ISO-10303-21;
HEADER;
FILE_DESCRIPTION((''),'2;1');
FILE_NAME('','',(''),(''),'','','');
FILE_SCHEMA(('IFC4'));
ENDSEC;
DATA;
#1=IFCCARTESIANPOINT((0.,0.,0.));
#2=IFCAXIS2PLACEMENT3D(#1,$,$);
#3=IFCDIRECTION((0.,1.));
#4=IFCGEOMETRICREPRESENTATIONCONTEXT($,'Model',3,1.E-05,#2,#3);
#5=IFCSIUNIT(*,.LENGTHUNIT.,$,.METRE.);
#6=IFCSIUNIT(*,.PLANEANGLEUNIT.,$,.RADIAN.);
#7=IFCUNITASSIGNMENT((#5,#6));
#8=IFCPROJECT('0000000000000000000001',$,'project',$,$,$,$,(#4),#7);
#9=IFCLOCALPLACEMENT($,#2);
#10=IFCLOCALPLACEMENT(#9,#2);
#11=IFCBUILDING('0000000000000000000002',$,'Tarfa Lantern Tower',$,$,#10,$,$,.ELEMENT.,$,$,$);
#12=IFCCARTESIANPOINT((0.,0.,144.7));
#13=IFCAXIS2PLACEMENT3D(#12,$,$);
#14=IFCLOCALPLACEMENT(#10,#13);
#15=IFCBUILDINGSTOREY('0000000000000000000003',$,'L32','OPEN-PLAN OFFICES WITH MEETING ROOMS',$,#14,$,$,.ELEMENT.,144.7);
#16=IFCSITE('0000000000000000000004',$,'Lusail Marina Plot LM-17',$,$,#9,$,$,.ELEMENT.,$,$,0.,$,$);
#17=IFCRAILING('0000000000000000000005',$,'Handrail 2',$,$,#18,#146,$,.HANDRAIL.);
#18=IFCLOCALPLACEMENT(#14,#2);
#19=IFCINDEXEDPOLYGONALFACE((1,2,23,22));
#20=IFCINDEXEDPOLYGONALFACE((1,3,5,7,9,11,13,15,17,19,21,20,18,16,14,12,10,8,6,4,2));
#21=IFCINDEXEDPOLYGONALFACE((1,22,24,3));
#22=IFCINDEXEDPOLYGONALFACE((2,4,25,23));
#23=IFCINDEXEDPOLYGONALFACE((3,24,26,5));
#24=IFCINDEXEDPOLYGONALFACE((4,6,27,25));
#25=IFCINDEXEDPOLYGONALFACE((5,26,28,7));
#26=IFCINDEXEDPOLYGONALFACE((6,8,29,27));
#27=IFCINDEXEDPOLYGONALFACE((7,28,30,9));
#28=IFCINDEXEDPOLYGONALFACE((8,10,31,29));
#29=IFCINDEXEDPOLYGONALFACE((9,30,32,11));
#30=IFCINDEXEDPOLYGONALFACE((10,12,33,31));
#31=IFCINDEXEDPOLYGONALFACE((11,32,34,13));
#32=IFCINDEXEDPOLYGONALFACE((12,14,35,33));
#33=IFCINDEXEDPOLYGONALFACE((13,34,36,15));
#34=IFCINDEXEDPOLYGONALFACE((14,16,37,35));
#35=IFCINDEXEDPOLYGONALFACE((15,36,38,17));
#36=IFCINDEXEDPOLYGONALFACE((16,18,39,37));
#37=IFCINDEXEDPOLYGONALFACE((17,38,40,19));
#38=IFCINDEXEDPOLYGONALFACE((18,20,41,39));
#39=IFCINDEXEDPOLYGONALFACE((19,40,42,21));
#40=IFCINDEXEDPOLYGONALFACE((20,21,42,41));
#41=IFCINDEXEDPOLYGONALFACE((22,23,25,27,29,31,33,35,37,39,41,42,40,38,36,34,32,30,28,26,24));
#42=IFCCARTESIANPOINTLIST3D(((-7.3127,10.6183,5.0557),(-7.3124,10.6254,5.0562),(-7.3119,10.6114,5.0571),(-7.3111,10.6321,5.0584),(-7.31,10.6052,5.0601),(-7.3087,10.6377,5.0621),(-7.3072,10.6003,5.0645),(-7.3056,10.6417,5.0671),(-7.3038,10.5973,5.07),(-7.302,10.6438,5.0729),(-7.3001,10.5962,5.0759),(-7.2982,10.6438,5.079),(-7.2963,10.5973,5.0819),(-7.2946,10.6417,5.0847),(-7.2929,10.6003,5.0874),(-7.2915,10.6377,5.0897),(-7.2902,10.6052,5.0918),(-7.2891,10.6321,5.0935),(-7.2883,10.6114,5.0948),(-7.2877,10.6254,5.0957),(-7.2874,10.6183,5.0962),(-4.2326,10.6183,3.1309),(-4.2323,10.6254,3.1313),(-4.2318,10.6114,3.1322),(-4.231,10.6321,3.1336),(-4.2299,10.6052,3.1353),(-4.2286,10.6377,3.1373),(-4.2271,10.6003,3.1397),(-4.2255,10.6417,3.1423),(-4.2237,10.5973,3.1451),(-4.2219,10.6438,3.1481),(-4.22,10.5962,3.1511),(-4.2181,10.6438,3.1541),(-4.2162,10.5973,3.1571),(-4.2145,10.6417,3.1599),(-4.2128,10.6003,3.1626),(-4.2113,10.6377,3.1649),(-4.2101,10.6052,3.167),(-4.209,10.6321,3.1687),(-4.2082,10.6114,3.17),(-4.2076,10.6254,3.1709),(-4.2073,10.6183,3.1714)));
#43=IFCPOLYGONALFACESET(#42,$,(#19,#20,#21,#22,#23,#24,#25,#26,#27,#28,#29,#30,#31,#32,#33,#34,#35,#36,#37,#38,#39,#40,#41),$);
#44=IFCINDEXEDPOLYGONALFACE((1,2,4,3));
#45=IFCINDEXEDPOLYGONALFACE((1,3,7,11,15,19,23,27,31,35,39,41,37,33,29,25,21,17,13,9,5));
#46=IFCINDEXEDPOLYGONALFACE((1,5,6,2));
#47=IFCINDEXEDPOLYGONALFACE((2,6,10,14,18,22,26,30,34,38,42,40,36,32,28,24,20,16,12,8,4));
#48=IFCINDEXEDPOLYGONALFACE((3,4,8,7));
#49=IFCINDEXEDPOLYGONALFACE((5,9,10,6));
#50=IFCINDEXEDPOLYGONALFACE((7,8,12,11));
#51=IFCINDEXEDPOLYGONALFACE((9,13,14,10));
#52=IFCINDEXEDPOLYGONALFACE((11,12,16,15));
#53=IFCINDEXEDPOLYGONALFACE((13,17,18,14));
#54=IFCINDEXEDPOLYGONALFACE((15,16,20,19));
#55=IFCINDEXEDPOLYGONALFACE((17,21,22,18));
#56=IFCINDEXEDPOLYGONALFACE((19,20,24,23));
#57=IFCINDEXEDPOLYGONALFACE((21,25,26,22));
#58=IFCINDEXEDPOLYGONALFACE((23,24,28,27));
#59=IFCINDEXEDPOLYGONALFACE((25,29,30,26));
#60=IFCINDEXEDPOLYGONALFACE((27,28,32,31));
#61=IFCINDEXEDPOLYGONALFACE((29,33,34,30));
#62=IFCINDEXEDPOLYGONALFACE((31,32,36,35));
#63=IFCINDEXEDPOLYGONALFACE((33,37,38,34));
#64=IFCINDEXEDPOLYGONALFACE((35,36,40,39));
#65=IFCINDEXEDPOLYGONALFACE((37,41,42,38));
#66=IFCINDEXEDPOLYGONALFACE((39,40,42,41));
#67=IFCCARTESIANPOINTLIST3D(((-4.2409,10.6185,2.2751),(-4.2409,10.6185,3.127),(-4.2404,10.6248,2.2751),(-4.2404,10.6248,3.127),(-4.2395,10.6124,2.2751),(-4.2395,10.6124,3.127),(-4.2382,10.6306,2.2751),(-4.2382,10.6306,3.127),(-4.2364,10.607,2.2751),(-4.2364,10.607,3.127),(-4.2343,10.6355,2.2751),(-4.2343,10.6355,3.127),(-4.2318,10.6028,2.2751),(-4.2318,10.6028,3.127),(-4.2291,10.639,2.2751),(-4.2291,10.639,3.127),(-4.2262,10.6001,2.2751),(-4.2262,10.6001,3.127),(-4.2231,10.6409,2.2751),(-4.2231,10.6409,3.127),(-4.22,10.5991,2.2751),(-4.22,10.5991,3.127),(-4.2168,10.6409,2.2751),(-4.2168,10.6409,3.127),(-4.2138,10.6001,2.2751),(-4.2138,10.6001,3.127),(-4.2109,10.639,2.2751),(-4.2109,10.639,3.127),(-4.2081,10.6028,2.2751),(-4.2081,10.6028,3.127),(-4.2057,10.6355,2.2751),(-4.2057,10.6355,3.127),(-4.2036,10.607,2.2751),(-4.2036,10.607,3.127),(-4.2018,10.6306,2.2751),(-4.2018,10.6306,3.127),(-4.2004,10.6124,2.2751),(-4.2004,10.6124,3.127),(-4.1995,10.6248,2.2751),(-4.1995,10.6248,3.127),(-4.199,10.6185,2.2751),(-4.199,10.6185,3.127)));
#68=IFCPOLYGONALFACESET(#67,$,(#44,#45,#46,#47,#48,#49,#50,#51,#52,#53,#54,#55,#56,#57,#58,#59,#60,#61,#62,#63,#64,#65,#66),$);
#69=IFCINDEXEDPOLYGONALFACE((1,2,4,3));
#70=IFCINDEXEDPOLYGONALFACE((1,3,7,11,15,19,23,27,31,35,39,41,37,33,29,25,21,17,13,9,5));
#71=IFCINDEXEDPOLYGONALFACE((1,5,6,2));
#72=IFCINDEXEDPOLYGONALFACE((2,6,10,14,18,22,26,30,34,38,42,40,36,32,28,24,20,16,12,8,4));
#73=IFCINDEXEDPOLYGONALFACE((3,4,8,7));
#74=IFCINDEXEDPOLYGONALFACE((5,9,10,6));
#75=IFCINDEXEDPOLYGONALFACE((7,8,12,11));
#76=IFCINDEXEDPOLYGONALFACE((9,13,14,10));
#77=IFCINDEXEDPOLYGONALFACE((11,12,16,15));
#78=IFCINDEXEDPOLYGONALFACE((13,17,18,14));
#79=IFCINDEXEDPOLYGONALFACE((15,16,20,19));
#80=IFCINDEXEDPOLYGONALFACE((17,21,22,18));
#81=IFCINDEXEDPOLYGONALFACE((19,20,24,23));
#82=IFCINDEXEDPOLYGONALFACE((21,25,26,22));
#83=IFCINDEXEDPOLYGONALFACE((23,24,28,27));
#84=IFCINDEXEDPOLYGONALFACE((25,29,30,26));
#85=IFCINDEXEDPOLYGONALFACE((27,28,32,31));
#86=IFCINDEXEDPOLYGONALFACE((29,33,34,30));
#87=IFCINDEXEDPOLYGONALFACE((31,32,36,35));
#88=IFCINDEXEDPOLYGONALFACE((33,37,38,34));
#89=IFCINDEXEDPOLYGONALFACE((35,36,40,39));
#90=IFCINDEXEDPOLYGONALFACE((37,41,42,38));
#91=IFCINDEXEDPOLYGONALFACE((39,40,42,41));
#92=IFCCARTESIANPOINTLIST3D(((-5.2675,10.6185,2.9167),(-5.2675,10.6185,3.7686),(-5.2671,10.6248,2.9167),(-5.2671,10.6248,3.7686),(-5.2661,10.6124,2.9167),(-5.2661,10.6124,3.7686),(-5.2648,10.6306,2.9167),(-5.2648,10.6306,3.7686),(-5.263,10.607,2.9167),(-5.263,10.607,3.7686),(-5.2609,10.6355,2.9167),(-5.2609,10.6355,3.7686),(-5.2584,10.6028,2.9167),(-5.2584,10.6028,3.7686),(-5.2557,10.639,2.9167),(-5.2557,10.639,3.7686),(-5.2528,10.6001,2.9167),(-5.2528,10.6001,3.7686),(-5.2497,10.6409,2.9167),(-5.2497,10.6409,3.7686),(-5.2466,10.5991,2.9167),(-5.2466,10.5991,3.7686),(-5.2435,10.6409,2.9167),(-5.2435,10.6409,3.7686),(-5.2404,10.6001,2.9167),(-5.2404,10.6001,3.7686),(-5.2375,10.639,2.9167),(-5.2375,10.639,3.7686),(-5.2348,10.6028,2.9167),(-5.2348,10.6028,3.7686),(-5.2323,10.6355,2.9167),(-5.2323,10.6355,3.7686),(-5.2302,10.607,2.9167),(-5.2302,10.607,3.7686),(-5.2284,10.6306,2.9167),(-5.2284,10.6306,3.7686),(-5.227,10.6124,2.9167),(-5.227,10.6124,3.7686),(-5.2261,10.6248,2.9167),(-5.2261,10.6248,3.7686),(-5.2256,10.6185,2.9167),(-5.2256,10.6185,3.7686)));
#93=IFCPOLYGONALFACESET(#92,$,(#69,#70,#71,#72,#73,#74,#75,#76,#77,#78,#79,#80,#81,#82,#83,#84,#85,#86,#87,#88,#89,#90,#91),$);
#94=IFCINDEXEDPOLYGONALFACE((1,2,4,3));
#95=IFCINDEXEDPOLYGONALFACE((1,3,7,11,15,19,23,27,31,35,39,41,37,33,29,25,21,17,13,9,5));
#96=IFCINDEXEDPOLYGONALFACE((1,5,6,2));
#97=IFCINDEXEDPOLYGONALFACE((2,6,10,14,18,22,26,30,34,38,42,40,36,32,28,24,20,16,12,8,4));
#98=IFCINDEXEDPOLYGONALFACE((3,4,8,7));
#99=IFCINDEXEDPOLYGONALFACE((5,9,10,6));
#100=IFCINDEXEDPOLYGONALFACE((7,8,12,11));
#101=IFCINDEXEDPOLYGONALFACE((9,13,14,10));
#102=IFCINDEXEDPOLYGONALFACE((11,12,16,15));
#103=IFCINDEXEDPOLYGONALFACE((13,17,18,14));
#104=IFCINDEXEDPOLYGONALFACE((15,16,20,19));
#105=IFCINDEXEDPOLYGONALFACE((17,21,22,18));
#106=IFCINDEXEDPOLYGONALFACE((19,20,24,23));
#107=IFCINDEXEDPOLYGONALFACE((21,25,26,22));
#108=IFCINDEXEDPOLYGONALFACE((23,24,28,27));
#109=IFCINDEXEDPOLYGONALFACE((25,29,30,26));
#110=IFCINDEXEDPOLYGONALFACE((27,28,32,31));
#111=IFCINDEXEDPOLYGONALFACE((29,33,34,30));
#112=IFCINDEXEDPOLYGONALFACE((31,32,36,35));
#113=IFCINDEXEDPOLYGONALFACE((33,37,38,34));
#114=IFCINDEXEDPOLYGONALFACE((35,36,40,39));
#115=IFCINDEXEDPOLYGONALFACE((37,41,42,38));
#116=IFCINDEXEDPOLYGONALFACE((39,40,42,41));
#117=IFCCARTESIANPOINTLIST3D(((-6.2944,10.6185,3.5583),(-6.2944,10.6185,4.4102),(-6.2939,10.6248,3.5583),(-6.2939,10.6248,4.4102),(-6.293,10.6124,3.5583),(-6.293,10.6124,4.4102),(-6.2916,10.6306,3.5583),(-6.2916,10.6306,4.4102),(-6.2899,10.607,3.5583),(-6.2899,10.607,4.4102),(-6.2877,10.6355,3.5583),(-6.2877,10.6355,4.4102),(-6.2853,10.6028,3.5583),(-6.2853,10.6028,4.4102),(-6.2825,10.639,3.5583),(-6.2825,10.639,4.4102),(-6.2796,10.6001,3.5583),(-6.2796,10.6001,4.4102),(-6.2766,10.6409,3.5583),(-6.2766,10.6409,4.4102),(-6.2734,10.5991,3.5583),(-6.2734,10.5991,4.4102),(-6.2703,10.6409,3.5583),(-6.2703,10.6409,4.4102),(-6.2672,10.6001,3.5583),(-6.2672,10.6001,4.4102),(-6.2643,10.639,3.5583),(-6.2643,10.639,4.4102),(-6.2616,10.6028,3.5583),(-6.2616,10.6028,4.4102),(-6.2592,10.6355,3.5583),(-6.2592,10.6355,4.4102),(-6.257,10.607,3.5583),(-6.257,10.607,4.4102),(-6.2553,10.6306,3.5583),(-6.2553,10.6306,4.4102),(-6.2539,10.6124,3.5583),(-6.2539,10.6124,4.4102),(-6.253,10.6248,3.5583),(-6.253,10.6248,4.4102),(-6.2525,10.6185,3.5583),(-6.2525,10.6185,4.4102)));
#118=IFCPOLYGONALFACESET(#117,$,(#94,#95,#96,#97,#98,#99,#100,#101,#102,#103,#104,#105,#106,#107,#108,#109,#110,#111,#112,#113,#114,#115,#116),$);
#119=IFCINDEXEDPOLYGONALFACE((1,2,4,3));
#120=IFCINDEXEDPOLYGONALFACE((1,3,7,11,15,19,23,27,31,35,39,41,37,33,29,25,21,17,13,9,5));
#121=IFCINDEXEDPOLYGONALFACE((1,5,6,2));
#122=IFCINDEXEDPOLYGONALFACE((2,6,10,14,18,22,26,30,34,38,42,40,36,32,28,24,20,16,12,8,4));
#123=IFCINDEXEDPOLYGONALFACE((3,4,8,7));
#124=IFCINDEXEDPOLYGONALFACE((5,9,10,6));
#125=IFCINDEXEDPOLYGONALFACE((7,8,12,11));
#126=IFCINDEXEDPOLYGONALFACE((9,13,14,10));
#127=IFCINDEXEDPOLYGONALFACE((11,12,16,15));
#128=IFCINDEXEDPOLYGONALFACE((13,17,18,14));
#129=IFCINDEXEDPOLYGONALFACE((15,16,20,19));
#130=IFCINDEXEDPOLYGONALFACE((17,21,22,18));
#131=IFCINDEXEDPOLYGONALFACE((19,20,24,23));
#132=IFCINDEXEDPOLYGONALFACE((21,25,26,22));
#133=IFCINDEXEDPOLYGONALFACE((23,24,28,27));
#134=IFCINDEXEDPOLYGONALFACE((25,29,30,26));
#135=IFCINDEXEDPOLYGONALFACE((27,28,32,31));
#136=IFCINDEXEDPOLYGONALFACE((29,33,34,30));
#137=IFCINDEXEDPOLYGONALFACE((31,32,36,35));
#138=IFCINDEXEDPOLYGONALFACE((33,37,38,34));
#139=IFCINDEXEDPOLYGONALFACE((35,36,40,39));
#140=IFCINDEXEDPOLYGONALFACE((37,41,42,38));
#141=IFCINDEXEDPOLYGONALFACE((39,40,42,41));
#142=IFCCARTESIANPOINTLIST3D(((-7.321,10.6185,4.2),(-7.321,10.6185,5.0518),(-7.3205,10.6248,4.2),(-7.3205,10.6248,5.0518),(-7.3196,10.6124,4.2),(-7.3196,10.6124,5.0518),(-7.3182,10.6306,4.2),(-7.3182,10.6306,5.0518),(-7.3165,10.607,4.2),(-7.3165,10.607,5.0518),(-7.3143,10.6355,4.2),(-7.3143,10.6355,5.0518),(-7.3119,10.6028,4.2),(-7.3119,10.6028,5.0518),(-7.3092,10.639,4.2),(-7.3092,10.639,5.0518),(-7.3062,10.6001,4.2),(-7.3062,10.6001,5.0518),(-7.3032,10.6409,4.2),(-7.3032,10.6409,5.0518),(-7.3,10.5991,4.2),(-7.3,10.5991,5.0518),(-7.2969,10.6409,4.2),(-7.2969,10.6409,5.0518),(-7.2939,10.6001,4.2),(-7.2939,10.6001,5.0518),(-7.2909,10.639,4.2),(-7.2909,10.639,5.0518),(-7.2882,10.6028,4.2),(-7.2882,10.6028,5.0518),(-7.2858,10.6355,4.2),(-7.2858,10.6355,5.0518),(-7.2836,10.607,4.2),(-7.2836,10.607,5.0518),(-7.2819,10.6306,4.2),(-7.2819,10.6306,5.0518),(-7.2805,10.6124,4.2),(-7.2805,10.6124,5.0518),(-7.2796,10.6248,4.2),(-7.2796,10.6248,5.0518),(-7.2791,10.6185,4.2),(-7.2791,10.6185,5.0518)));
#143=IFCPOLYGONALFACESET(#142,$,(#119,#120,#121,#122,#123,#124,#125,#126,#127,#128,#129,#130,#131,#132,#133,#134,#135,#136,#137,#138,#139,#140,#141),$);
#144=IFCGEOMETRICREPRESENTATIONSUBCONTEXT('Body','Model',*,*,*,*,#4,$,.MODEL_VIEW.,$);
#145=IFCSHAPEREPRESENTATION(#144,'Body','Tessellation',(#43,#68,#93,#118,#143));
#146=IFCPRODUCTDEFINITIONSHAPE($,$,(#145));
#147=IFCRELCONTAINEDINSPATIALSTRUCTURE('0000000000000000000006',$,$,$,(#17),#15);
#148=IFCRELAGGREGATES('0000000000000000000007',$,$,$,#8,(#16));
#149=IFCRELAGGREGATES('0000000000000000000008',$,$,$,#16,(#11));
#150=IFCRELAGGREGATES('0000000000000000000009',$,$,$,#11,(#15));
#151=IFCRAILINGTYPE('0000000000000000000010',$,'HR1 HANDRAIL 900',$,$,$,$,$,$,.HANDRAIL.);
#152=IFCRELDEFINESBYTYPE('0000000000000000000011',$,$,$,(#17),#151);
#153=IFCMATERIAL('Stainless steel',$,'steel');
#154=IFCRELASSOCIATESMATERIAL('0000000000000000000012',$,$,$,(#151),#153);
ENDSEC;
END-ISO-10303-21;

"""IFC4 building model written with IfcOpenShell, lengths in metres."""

from ifc_helpers import new_model, si_unit, direction, frame, origin, origin_2d, place, context, subcontext, project, spatial, circle, extrude, material, type_object, element, save


model = new_model("IFC4")

# Units and contexts
model_context = context("Model", 3, precision=1e-05, world=origin(), true_north=direction((0.0, 1.0)))
body_context = subcontext(model_context, "Body", "Model", "MODEL_VIEW")
ifc_project = project(units=[si_unit("LENGTHUNIT", "METRE"), si_unit("PLANEANGLEUNIT", "RADIAN")], contexts=[model_context])

# Site, building, storey
site_placement = place(None, origin())
site = spatial("IfcSite", under=ifc_project, at=site_placement, Name="Lusail Marina Plot LM-17", CompositionType="ELEMENT", RefElevation=0.0)
building_placement = place(site_placement, origin())
building = spatial("IfcBuilding", under=site, at=building_placement, Name="Tarfa Lantern Tower", CompositionType="ELEMENT")
storey_placement = place(building_placement, frame((0.0, 0.0, 144.7)))
storey = spatial("IfcBuildingStorey", under=building, at=storey_placement, Name="L32", Description="OPEN-PLAN OFFICES WITH MEETING ROOMS", CompositionType="ELEMENT", Elevation=144.7)

# Railing
ifc_material_1 = material(Name="Stainless steel", Category="steel")
railing_type = type_object("IfcRailingType", Name="HR1 HANDRAIL 900", PredefinedType="HANDRAIL", material=ifc_material_1)
railing_placement = place(storey_placement, frame((-4.22, 10.6201, 2.2751)))
element("IfcRailing", 1, at=railing_placement, inside=storey, type_object=railing_type, Name="Handrail 2", PredefinedType="HANDRAIL", context=body_context, shape_type="SweptSolid", body=[
    extrude(circle(Radius=0.0239, at=origin_2d()), frame((0.0, 0.0, 0.876), z_axis=(-0.848029, 0.0, 0.529951), x_axis=(0.0, -1.0, 0.0)), (0.0, 0.0, 1.0), 3.6321),
    extrude(circle(Radius=0.021, at=origin_2d()), frame((0.0, 0.0, 0.0), z_axis=(0.0, 0.0, 1.0), x_axis=(0.0, -1.0, 0.0)), (0.0, 0.0, 1.0), 0.8518),
    extrude(circle(Radius=0.021, at=origin_2d()), frame((-1.0266, 0.0, 0.6416), z_axis=(0.0, 0.0, 1.0), x_axis=(0.0, -1.0, 0.0)), (0.0, 0.0, 1.0), 0.8518),
    extrude(circle(Radius=0.021, at=origin_2d()), frame((-2.0535, 0.0, 1.2832), z_axis=(0.0, 0.0, 1.0), x_axis=(0.0, -1.0, 0.0)), (0.0, 0.0, 1.0), 0.8518),
    extrude(circle(Radius=0.021, at=origin_2d()), frame((-3.0801, 0.0, 1.9248), z_axis=(0.0, 0.0, 1.0), x_axis=(0.0, -1.0, 0.0)), (0.0, 0.0, 1.0), 0.8518),
])

save(model, "model.ifc")
